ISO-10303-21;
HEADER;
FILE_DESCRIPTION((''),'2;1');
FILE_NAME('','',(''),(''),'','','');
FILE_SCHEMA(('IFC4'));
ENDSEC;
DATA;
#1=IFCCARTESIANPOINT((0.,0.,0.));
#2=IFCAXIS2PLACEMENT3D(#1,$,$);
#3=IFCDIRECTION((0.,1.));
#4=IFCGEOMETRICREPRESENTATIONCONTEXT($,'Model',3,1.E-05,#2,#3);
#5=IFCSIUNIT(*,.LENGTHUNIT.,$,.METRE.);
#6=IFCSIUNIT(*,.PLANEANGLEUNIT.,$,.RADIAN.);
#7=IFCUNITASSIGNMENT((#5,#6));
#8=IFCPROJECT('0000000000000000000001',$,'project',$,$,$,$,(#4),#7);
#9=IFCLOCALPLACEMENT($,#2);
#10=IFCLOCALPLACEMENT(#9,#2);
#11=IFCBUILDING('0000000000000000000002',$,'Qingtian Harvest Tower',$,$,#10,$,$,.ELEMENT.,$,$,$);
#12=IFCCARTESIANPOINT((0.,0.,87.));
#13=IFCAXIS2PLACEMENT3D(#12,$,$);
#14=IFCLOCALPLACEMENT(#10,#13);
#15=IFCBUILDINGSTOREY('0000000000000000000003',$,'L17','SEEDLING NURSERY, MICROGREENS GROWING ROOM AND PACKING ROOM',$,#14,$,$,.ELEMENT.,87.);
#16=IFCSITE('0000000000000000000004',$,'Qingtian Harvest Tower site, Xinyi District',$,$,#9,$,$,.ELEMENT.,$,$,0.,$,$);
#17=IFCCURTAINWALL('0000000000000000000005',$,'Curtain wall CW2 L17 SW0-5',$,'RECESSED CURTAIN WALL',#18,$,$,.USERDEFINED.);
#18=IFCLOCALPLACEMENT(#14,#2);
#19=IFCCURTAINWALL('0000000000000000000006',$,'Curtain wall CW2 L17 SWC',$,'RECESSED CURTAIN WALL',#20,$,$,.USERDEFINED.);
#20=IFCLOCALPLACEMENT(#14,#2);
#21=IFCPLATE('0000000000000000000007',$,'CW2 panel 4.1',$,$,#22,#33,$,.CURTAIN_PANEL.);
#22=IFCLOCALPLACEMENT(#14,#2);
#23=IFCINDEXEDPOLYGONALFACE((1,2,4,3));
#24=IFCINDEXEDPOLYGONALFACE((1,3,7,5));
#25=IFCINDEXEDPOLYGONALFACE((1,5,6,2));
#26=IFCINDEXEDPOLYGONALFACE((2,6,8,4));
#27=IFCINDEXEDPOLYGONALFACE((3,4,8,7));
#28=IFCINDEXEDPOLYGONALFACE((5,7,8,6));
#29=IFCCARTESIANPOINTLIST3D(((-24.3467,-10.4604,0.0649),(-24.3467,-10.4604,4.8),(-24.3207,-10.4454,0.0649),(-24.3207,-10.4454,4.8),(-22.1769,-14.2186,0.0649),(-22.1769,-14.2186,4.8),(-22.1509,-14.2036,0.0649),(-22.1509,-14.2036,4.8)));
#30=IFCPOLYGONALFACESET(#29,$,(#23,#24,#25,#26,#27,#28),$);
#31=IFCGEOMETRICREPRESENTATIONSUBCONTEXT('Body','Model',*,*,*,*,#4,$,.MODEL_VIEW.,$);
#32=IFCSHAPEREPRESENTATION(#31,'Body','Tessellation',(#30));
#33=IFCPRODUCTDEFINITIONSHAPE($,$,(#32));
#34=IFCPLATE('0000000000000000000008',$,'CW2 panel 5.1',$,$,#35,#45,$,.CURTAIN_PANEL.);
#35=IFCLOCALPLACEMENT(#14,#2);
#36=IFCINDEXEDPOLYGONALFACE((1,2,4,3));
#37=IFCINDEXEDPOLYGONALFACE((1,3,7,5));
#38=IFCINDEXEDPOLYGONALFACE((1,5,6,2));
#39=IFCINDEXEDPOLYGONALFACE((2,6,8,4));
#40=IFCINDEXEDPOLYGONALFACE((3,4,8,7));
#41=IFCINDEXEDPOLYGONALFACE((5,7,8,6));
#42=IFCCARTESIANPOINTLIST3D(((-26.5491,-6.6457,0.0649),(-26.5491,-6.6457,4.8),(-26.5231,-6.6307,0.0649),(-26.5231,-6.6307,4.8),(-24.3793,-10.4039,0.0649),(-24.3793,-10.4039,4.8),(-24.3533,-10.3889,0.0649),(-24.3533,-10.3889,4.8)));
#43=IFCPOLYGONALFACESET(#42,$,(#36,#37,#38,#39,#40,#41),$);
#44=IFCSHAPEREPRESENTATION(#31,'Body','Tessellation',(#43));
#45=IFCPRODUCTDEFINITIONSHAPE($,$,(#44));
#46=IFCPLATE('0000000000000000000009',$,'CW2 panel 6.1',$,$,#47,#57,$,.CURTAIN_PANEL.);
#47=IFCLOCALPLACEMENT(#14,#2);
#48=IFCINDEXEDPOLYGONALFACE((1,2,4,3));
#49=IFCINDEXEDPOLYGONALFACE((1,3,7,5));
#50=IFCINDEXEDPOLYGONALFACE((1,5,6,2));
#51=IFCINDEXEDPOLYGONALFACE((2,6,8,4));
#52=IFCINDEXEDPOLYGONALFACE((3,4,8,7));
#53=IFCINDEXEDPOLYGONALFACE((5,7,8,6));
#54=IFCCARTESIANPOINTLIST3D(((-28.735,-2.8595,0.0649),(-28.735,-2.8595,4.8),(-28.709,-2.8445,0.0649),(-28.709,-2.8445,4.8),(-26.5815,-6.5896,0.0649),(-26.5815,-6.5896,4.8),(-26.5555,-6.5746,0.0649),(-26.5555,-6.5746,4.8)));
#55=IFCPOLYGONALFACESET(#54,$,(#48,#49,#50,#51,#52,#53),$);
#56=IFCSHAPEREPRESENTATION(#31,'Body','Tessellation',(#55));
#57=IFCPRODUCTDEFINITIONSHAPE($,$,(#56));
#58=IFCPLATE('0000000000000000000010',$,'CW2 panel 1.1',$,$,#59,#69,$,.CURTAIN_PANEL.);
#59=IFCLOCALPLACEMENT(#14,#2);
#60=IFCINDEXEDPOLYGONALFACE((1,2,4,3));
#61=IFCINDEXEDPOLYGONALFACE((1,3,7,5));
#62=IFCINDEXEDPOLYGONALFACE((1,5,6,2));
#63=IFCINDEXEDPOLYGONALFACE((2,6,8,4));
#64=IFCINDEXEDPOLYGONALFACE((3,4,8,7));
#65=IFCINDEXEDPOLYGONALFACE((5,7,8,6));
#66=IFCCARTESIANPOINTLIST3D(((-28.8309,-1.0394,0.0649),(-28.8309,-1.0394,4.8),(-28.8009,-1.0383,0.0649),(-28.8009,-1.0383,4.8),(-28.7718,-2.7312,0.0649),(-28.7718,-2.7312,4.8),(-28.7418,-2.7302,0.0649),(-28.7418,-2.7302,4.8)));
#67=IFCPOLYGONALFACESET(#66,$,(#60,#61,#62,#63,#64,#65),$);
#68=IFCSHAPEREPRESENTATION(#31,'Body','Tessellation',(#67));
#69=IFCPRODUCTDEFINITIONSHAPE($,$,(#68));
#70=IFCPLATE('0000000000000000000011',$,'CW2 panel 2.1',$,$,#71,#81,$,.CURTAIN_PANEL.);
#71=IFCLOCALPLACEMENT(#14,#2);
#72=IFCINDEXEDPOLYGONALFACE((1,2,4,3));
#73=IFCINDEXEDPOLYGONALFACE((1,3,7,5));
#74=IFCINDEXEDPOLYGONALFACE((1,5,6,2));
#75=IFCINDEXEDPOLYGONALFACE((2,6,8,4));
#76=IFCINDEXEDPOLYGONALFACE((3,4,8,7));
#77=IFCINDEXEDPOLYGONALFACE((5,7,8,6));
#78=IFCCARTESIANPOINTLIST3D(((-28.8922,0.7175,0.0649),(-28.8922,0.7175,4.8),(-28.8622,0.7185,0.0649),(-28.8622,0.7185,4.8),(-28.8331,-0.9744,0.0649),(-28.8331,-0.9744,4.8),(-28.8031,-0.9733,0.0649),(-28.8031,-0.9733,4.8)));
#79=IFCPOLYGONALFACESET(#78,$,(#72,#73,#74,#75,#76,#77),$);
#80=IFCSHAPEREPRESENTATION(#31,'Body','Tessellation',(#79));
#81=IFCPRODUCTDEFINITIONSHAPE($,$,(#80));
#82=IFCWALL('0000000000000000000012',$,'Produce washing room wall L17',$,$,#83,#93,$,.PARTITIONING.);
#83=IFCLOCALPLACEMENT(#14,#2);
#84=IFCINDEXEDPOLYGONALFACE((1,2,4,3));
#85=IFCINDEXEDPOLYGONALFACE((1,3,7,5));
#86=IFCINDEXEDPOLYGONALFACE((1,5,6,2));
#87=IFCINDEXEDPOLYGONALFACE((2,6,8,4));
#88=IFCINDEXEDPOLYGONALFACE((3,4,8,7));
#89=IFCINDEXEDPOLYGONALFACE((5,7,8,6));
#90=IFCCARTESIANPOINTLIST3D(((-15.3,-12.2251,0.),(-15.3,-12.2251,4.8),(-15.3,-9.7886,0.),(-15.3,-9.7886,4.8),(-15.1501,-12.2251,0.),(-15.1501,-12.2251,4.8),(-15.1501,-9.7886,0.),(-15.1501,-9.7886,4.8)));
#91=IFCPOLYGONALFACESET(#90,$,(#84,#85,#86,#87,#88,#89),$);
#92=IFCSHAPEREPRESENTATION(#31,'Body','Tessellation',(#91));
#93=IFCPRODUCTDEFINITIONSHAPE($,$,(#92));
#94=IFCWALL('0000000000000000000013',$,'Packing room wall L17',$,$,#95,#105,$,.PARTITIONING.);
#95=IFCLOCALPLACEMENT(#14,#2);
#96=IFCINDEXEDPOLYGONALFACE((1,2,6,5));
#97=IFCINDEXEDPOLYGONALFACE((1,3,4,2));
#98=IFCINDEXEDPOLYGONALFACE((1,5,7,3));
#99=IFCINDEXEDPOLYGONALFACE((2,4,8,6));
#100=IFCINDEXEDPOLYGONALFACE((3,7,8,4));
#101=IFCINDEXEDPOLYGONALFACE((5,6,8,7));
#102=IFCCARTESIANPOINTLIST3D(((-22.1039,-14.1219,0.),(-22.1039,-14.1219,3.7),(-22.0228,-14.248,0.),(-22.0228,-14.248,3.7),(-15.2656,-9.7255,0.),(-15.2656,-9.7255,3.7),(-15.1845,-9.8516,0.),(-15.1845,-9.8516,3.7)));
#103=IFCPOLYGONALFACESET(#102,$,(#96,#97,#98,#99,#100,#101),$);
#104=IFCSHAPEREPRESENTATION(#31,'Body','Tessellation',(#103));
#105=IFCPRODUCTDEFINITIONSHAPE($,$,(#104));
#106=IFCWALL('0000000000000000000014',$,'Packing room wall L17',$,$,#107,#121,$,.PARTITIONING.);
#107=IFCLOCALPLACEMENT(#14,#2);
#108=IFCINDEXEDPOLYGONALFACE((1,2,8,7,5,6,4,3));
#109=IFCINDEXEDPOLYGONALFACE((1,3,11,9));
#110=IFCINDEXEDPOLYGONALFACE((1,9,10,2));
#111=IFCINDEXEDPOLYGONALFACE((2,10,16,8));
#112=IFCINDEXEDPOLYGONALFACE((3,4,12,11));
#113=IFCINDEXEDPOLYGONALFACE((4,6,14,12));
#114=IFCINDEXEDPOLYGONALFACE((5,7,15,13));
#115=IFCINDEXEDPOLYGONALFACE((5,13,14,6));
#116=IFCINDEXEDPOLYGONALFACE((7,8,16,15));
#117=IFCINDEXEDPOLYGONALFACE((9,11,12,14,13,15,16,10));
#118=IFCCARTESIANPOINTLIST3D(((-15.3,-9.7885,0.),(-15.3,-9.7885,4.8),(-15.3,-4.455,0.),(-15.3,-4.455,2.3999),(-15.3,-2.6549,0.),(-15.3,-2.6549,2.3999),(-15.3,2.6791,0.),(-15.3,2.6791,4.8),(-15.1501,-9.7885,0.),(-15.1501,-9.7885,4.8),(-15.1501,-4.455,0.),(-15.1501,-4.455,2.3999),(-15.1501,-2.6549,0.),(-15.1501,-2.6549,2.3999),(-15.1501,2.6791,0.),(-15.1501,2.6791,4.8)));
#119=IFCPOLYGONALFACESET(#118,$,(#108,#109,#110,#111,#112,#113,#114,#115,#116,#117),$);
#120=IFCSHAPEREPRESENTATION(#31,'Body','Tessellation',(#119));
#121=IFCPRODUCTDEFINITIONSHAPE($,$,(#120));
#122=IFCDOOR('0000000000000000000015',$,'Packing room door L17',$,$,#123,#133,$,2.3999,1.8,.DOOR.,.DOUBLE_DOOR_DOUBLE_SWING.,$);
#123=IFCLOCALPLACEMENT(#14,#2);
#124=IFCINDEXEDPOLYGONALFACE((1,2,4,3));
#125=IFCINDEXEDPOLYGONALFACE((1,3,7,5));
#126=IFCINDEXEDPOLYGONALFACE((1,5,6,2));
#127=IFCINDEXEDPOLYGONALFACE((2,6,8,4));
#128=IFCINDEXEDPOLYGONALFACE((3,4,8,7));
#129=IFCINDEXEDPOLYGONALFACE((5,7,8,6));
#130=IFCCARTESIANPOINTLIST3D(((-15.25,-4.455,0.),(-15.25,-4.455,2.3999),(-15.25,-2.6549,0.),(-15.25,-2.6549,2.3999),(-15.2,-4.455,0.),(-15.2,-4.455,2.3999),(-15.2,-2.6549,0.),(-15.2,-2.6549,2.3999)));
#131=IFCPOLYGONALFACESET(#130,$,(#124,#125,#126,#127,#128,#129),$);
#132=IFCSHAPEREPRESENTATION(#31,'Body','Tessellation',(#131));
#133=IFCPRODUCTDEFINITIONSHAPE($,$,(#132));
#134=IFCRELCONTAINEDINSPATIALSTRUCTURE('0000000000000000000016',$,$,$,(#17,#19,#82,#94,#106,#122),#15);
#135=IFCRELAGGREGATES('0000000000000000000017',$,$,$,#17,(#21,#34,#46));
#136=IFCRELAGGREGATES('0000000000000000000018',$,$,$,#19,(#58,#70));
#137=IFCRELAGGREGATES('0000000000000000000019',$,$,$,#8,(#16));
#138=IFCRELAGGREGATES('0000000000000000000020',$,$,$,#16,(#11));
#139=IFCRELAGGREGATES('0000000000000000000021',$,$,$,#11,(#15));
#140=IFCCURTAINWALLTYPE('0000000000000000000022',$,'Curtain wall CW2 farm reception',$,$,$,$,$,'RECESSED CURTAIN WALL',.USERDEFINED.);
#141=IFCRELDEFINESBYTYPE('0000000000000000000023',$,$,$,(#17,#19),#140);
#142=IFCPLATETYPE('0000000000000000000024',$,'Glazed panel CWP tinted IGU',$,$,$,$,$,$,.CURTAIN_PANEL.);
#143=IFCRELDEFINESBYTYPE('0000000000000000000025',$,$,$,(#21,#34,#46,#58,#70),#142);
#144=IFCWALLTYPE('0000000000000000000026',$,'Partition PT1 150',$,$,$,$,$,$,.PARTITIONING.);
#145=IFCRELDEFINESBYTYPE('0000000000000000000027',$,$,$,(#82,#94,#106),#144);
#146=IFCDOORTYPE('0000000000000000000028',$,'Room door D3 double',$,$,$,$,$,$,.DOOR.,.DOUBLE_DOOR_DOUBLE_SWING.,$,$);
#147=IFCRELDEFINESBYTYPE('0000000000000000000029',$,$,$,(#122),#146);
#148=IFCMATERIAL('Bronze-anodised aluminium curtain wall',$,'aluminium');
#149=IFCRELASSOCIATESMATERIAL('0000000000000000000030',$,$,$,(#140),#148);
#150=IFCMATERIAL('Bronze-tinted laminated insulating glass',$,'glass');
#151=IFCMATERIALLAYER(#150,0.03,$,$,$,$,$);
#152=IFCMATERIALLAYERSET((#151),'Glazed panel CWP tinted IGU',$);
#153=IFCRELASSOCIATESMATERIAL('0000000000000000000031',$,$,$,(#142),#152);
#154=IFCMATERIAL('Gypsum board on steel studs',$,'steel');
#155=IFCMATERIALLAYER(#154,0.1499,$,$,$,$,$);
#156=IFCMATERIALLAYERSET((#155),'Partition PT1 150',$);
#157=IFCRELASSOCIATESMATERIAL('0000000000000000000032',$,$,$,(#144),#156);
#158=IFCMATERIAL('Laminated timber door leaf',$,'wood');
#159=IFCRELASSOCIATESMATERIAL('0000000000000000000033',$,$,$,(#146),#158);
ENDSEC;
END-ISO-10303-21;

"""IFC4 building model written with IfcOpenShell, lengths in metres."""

from ifc_helpers import new_model, si_unit, direction, frame, frame_2d, origin, origin_2d, place, context, subcontext, project, spatial, rectangle, extrude, material, layer, layer_set, type_object, element, fill, aggregate, save


model = new_model("IFC4")

# Units and contexts
model_context = context("Model", 3, precision=1e-05, world=origin(), true_north=direction((0.0, 1.0)))
body_context = subcontext(model_context, "Body", "Model", "MODEL_VIEW")
ifc_project = project(units=[si_unit("LENGTHUNIT", "METRE"), si_unit("PLANEANGLEUNIT", "RADIAN")], contexts=[model_context])

# Site, building, storey
site_placement = place(None, origin())
site = spatial("IfcSite", under=ifc_project, at=site_placement, Name="Qingtian Harvest Tower site, Xinyi District", CompositionType="ELEMENT", RefElevation=0.0)
building_placement = place(site_placement, origin())
building = spatial("IfcBuilding", under=site, at=building_placement, Name="Qingtian Harvest Tower", CompositionType="ELEMENT")
storey_placement = place(building_placement, frame((0.0, 0.0, 87.0)))
storey = spatial("IfcBuildingStorey", under=building, at=storey_placement, Name="L17", Description="SEEDLING NURSERY, MICROGREENS GROWING ROOM AND PACKING ROOM", CompositionType="ELEMENT", Elevation=87.0)

# Curtain walls
ifc_material_1 = material(Name="Bronze-anodised aluminium curtain wall", Category="aluminium")
curtain_wall_type = type_object("IfcCurtainWallType", Name="Curtain wall CW2 farm reception", ElementType="RECESSED CURTAIN WALL", PredefinedType="USERDEFINED", material=ifc_material_1)
curtain_wall_1_placement = place(storey_placement, origin())
curtain_wall_1 = element("IfcCurtainWall", 1, at=curtain_wall_1_placement, inside=storey, type_object=curtain_wall_type, Name="Curtain wall CW2 L17 SW0-5", ObjectType="RECESSED CURTAIN WALL", PredefinedType="USERDEFINED")
curtain_wall_2_placement = place(storey_placement, origin())
curtain_wall_2 = element("IfcCurtainWall", 2, at=curtain_wall_2_placement, inside=storey, type_object=curtain_wall_type, Name="Curtain wall CW2 L17 SWC", ObjectType="RECESSED CURTAIN WALL", PredefinedType="USERDEFINED")

# Plates
ifc_material_2 = material(Name="Bronze-tinted laminated insulating glass", Category="glass")
ifc_layer_1 = layer(ifc_material_2, 0.03)
ifc_layer_set_1 = layer_set([ifc_layer_1], Name="Glazed panel CWP tinted IGU")
plate_type = type_object("IfcPlateType", Name="Glazed panel CWP tinted IGU", PredefinedType="CURTAIN_PANEL", material=ifc_layer_set_1)
plate_1_placement = place(storey_placement, frame((-23.2488, -12.332, 0.0649), z_axis=(0.0, 0.0, 1.0), x_axis=(-0.5, 0.866025, 0.0)))
plate_1 = element("IfcPlate", 3, at=plate_1_placement, type_object=plate_type, Name="CW2 panel 4.1", PredefinedType="CURTAIN_PANEL", context=body_context, shape_type="SweptSolid", body=[
    extrude(rectangle(XDim=4.3396, YDim=0.03, at=origin_2d()), origin(), (0.0, 0.0, 1.0), 4.7351),
])
plate_2_placement = place(storey_placement, frame((-25.4512, -8.5173, 0.0649), z_axis=(0.0, 0.0, 1.0), x_axis=(-0.5, 0.866025, 0.0)))
plate_2 = element("IfcPlate", 4, at=plate_2_placement, type_object=plate_type, Name="CW2 panel 5.1", PredefinedType="CURTAIN_PANEL", context=body_context, shape_type="SweptSolid", body=[
    extrude(rectangle(XDim=4.3396, YDim=0.03, at=origin_2d()), origin(), (0.0, 0.0, 1.0), 4.7351),
])
plate_3_placement = place(storey_placement, frame((-27.6453, -4.717, 0.0649), z_axis=(0.0, 0.0, 1.0), x_axis=(-0.5, 0.866025, 0.0)))
plate_3 = element("IfcPlate", 5, at=plate_3_placement, type_object=plate_type, Name="CW2 panel 6.1", PredefinedType="CURTAIN_PANEL", context=body_context, shape_type="SweptSolid", body=[
    extrude(rectangle(XDim=4.3071, YDim=0.03, at=origin_2d()), origin(), (0.0, 0.0, 1.0), 4.7351),
])
aggregate(curtain_wall_1, [plate_1, plate_2, plate_3])
plate_4_placement = place(storey_placement, frame((-28.7864, -1.8848, 0.0649), z_axis=(0.0, 0.0, 1.0), x_axis=(-0.034899, 0.999391, 0.0)))
plate_4 = element("IfcPlate", 6, at=plate_4_placement, type_object=plate_type, Name="CW2 panel 1.1", PredefinedType="CURTAIN_PANEL", context=body_context, shape_type="SweptSolid", body=[
    extrude(rectangle(XDim=1.6929, YDim=0.03, at=origin_2d()), origin(), (0.0, 0.0, 1.0), 4.7351),
])
plate_5_placement = place(storey_placement, frame((-28.8477, -0.1279, 0.0649), z_axis=(0.0, 0.0, 1.0), x_axis=(-0.034899, 0.999391, 0.0)))
plate_5 = element("IfcPlate", 7, at=plate_5_placement, type_object=plate_type, Name="CW2 panel 2.1", PredefinedType="CURTAIN_PANEL", context=body_context, shape_type="SweptSolid", body=[
    extrude(rectangle(XDim=1.6929, YDim=0.03, at=origin_2d()), origin(), (0.0, 0.0, 1.0), 4.7351),
])
aggregate(curtain_wall_2, [plate_4, plate_5])

# Walls
ifc_material_3 = material(Name="Gypsum board on steel studs", Category="steel")
ifc_layer_2 = layer(ifc_material_3, 0.1499)
ifc_layer_set_2 = layer_set([ifc_layer_2], Name="Partition PT1 150")
wall_type = type_object("IfcWallType", Name="Partition PT1 150", PredefinedType="PARTITIONING", material=ifc_layer_set_2)
wall_1_placement = place(storey_placement, frame((-15.2251, -12.2251, 0.0), z_axis=(0.0, 0.0, 1.0), x_axis=(0.0, 1.0, 0.0)))
element("IfcWall", 8, at=wall_1_placement, inside=storey, type_object=wall_type, Name="Produce washing room wall L17", PredefinedType="PARTITIONING", context=body_context, shape_type="SweptSolid", body=[
    extrude(rectangle(XDim=2.4365, YDim=0.1499, at=frame_2d((1.2183, 0.0))), origin(), (0.0, 0.0, 1.0), 4.8),
])
wall_2_placement = place(storey_placement, frame((-22.0635, -14.1851, 0.0), z_axis=(0.0, 0.0, 1.0), x_axis=(0.841157, 0.540791, 0.0)))
element("IfcWall", 9, at=wall_2_placement, inside=storey, type_object=wall_type, Name="Packing room wall L17", PredefinedType="PARTITIONING", context=body_context, shape_type="SweptSolid", body=[
    extrude(rectangle(XDim=8.1296, YDim=0.1499, at=frame_2d((4.0649, 0.0))), origin(), (0.0, 0.0, 1.0), 3.7),
])

# Wall, opening, door
wall_3_placement = place(storey_placement, frame((-15.2251, -9.7886, 0.0), z_axis=(0.0, 0.0, 1.0), x_axis=(0.0, 1.0, 0.0)))
wall_3 = element("IfcWall", 10, at=wall_3_placement, inside=storey, type_object=wall_type, Name="Packing room wall L17", PredefinedType="PARTITIONING", context=body_context, shape_type="SweptSolid", body=[
    extrude(rectangle(XDim=12.4675, YDim=0.1499, at=frame_2d((6.2339, 0.0))), origin(), (0.0, 0.0, 1.0), 4.8),
])
opening_placement = place(wall_3_placement, frame((5.3337, 0.0, 0.0)))
opening = element("IfcOpeningElement", 11, at=opening_placement, cuts=wall_3, PredefinedType="OPENING", context=body_context, shape_type="SweptSolid", body=[
    extrude(rectangle(XDim=1.8, YDim=2.3999, at=frame_2d((0.8999, 1.2))), frame((0.0, 0.085, 0.0), z_axis=(0.0, -1.0, 0.0), x_axis=(1.0, 0.0, 0.0)), (0.0, 0.0, 1.0), 0.1699),
])
ifc_material_4 = material(Name="Laminated timber door leaf", Category="wood")
door_type = type_object("IfcDoorType", Name="Room door D3 double", OperationType="DOUBLE_DOOR_DOUBLE_SWING", PredefinedType="DOOR", material=ifc_material_4)
door_placement = place(opening_placement, origin())
door = element("IfcDoor", 12, at=door_placement, inside=storey, type_object=door_type, Name="Packing room door L17", OperationType="DOUBLE_DOOR_DOUBLE_SWING", OverallHeight=2.3999, OverallWidth=1.8, PredefinedType="DOOR", context=body_context, shape_type="SweptSolid", body=[
    extrude(rectangle(XDim=1.8, YDim=2.3999, at=frame_2d((0.8999, 1.2))), frame((0.0, 0.0249, 0.0), z_axis=(0.0, -1.0, 0.0), x_axis=(1.0, 0.0, 0.0)), (0.0, 0.0, 1.0), 0.05),
])
fill(opening, door)

save(model, "model.ifc")
